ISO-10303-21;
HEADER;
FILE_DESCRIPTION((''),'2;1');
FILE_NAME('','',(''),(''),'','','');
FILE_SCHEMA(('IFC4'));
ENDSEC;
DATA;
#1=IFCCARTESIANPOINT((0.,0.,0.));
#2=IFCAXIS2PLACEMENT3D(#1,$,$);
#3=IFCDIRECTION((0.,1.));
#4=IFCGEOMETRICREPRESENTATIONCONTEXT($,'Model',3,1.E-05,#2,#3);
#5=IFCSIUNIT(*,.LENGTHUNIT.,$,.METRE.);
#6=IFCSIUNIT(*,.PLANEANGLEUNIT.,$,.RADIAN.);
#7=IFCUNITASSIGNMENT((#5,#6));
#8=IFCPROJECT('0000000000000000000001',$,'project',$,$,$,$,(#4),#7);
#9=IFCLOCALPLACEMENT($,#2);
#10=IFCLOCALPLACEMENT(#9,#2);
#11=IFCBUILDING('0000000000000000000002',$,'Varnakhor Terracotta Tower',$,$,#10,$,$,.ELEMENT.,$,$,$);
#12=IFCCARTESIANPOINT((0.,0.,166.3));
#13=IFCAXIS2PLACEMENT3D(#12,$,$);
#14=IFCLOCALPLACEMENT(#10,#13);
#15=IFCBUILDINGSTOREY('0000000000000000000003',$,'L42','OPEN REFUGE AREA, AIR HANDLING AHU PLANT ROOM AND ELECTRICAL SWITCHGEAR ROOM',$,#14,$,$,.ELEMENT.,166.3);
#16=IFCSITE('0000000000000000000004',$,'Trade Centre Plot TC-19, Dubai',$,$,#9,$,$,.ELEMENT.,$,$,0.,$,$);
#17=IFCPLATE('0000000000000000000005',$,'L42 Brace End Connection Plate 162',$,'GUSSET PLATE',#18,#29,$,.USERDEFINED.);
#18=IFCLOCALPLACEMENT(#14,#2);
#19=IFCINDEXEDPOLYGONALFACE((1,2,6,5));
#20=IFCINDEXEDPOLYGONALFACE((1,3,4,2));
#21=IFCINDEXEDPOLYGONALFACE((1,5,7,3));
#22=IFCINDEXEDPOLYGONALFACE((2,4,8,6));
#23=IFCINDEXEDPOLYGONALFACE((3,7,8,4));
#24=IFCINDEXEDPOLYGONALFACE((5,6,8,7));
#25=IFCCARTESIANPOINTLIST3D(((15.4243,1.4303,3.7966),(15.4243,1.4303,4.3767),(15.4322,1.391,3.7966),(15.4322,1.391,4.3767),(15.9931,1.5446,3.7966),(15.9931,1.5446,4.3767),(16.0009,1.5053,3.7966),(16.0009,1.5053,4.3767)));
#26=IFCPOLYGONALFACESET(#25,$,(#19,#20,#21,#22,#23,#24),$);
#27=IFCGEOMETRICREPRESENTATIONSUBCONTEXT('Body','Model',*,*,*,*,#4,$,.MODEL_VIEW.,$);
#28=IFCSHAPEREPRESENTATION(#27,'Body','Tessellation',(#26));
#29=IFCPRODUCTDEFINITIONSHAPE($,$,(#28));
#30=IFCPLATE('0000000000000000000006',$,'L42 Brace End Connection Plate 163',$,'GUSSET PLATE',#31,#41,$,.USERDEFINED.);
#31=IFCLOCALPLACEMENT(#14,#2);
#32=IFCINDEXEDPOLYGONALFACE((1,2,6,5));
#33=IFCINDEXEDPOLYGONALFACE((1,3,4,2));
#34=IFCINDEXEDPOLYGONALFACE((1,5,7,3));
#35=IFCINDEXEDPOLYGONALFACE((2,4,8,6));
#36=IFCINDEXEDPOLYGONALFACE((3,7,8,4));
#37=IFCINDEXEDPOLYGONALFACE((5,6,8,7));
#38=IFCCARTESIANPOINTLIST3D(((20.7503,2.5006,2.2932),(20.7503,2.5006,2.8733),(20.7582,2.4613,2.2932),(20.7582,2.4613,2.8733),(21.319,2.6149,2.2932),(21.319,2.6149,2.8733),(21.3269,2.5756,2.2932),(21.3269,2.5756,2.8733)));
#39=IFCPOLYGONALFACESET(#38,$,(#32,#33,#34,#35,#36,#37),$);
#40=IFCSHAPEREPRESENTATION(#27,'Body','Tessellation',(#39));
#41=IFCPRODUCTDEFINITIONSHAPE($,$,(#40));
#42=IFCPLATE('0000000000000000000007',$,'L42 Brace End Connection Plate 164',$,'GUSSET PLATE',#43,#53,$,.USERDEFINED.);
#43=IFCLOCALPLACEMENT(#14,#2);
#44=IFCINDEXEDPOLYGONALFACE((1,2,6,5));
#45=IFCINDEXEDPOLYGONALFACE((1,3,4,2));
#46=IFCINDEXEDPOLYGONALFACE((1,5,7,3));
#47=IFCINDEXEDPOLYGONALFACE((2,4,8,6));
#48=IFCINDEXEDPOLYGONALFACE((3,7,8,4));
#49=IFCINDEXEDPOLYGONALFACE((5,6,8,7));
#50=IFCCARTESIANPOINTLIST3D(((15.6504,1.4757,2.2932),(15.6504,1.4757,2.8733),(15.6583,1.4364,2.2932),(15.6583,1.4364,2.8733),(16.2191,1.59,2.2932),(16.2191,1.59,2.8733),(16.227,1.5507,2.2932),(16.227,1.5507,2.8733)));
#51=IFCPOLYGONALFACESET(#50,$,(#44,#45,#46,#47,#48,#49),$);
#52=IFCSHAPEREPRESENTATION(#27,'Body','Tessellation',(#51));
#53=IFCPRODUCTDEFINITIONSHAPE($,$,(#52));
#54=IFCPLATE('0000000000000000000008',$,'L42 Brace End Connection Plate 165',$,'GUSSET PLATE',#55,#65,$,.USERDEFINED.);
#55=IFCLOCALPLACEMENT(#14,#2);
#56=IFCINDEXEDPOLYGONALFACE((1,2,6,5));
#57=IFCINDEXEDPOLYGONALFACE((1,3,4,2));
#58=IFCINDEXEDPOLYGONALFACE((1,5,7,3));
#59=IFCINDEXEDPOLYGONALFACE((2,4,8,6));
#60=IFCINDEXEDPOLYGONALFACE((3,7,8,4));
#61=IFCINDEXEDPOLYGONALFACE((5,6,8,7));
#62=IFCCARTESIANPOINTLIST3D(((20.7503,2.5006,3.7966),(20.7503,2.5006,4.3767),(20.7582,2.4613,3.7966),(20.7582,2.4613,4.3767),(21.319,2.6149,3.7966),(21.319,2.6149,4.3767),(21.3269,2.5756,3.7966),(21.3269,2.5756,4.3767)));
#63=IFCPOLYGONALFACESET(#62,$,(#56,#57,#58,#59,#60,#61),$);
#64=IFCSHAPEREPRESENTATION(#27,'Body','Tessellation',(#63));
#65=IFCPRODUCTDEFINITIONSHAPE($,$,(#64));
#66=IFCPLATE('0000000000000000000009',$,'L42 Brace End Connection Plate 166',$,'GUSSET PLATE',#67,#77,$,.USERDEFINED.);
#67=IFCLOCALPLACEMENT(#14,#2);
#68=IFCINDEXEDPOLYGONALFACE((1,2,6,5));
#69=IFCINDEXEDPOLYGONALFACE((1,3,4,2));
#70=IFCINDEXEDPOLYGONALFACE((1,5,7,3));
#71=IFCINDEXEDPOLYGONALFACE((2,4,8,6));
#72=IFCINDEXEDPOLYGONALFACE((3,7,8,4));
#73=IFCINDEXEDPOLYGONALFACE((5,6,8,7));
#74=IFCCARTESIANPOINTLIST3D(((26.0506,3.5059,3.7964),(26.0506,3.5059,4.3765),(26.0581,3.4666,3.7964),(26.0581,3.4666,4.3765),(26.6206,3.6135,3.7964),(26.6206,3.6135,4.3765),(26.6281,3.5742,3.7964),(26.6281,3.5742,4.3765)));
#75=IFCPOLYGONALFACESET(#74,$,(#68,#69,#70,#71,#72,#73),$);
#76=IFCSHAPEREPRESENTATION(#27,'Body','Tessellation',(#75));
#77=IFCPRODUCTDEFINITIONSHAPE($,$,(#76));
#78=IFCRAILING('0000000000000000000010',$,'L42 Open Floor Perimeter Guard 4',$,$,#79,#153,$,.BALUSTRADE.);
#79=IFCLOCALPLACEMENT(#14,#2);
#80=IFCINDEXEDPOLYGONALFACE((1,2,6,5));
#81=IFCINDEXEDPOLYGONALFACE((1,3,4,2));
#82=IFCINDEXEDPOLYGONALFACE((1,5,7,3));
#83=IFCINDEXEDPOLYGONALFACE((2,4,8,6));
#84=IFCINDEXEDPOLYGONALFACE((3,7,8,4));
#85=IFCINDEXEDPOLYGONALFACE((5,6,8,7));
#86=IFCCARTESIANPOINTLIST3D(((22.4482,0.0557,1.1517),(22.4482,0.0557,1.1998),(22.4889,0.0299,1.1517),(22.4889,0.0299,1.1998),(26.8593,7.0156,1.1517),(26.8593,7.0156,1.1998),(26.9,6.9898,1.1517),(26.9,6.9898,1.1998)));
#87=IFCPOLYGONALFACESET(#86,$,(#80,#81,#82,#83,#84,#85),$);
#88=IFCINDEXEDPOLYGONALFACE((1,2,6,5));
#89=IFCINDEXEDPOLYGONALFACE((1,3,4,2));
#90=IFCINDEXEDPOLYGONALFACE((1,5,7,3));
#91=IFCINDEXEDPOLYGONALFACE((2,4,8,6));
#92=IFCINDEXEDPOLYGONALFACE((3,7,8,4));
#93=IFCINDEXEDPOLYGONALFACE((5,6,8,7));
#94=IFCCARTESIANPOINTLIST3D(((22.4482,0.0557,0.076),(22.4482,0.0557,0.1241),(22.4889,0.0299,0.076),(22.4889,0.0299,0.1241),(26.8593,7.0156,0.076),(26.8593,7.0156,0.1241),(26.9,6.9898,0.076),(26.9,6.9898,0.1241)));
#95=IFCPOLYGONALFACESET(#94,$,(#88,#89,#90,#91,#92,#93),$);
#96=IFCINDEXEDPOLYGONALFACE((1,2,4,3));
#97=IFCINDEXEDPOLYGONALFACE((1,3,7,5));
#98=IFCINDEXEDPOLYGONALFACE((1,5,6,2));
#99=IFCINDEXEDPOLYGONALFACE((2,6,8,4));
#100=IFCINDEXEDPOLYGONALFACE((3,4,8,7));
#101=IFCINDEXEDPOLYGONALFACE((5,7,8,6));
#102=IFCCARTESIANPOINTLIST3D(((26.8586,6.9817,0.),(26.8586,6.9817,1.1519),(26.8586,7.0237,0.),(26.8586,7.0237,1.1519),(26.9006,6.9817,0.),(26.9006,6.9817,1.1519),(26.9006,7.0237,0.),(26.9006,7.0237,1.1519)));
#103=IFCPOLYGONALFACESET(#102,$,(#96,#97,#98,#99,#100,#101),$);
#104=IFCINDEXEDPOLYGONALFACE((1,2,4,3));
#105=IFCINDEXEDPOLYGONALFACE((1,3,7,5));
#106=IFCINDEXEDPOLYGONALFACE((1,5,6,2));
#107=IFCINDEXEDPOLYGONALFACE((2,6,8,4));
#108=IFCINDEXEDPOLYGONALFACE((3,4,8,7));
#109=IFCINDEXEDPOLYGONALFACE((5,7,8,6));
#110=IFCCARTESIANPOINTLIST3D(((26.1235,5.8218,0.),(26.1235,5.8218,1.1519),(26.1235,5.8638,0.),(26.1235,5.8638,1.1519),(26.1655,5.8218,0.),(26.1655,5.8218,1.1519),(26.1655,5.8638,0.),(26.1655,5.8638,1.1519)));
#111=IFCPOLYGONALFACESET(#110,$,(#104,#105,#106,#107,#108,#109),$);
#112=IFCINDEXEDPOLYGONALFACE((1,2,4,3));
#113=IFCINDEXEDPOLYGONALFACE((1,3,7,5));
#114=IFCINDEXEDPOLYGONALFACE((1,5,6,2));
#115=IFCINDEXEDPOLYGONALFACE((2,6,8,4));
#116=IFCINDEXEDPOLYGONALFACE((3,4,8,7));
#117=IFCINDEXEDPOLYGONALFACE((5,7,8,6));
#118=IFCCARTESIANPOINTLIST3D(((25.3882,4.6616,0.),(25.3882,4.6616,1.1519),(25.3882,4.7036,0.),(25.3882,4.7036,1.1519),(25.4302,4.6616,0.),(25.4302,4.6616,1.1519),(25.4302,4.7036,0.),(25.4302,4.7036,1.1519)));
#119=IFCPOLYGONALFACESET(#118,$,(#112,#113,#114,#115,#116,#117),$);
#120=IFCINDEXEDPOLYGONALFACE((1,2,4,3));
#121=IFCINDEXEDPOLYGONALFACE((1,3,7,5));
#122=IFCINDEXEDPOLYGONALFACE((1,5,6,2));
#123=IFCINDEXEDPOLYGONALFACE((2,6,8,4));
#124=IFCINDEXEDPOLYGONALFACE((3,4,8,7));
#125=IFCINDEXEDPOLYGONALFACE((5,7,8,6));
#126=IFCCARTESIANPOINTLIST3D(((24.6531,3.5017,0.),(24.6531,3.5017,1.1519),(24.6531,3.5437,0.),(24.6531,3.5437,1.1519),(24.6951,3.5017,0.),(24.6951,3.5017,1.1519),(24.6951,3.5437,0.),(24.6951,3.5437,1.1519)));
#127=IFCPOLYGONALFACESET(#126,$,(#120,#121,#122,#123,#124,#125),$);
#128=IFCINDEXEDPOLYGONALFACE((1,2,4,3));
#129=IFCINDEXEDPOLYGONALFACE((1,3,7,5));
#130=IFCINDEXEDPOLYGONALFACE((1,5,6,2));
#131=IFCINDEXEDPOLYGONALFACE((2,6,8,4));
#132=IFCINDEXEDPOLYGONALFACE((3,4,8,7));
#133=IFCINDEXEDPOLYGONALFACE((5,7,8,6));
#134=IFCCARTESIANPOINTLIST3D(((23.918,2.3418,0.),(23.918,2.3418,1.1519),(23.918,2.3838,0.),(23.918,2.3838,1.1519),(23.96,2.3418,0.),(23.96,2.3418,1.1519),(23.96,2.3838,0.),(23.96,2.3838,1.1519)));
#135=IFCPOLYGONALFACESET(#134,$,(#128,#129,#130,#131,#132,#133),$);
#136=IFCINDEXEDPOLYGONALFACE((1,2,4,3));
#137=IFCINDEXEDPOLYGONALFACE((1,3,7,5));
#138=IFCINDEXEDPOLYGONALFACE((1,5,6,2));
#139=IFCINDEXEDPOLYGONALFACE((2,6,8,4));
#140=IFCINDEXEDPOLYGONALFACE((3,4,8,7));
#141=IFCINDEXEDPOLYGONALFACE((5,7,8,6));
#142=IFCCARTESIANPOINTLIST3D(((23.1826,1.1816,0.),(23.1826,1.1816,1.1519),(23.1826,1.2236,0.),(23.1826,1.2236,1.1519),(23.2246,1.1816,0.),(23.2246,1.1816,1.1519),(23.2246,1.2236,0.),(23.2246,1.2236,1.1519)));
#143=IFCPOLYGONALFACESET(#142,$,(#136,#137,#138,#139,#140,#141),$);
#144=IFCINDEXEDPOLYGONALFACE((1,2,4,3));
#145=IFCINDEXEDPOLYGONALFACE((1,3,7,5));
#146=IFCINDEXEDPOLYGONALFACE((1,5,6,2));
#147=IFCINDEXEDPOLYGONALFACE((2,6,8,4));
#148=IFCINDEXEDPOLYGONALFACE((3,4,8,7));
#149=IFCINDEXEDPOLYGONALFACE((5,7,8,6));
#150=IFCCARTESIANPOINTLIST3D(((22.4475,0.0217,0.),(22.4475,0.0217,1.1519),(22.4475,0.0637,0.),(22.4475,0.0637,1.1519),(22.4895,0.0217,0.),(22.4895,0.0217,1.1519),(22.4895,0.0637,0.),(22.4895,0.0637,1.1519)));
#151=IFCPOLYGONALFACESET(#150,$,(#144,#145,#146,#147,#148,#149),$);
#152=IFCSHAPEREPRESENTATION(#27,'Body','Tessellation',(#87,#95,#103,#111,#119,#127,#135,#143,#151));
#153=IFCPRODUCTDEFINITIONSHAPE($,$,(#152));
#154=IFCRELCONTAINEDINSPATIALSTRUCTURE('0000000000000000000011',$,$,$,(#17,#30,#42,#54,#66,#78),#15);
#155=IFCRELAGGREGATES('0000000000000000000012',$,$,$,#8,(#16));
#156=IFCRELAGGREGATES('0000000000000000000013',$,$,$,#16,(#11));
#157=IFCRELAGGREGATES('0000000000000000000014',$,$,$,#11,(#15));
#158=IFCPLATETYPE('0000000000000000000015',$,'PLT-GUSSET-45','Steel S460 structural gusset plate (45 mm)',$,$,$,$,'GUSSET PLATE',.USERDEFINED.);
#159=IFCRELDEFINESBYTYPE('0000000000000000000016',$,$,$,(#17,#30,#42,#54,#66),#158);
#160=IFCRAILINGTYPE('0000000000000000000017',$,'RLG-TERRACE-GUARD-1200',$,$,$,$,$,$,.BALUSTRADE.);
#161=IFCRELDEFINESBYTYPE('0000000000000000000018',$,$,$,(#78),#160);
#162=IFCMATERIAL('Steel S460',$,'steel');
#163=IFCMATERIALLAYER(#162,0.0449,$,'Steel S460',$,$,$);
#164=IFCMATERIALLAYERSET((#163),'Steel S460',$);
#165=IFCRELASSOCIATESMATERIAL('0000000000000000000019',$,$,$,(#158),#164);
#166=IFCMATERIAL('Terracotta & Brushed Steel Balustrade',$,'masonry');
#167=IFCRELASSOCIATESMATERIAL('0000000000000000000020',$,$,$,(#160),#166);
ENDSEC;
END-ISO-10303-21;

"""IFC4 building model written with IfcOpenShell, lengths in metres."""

from ifc_helpers import new_model, si_unit, direction, frame, origin, origin_2d, place, context, subcontext, project, spatial, rectangle, extrude, source, transform, mapped, material, layer, layer_set, type_object, element, save


model = new_model("IFC4")

# Units and contexts
model_context = context("Model", 3, precision=1e-05, world=origin(), true_north=direction((0.0, 1.0)))
body_context = subcontext(model_context, "Body", "Model", "MODEL_VIEW")
ifc_project = project(units=[si_unit("LENGTHUNIT", "METRE"), si_unit("PLANEANGLEUNIT", "RADIAN")], contexts=[model_context])

# Site, building, storey
site_placement = place(None, origin())
site = spatial("IfcSite", under=ifc_project, at=site_placement, Name="Trade Centre Plot TC-19, Dubai", CompositionType="ELEMENT", RefElevation=0.0)
building_placement = place(site_placement, origin())
building = spatial("IfcBuilding", under=site, at=building_placement, Name="Varnakhor Terracotta Tower", CompositionType="ELEMENT")
storey_placement = place(building_placement, frame((0.0, 0.0, 166.3)))
storey = spatial("IfcBuildingStorey", under=building, at=storey_placement, Name="L42", Description="OPEN REFUGE AREA, AIR HANDLING AHU PLANT ROOM AND ELECTRICAL SWITCHGEAR ROOM", CompositionType="ELEMENT", Elevation=166.3)

# Shared definitions
ifc_material_1 = material(Name="Steel S460", Category="steel")

# Plates
ifc_layer_1 = layer(ifc_material_1, 0.0449, Name="Steel S460")
ifc_layer_set_1 = layer_set([ifc_layer_1], Name="Steel S460")
plate_type_1 = type_object("IfcPlateType", Name="PLT-GUSSET-45", Description="Steel S460 structural gusset plate (45 mm)", ElementType="GUSSET PLATE", PredefinedType="USERDEFINED", material=ifc_layer_set_1)
shared_shape_1 = source(origin(), body_context, "Body", "SweptSolid", [
    extrude(rectangle(XDim=0.5801, YDim=0.04, at=origin_2d()), origin(), (0.0, 0.0, 1.0), 0.5801),
])
for number, where, z_axis, x_axis, name in (
    (1, (15.7126, 1.4678, 3.7966), (0.0, 0.0, 1.0), (0.980395, 0.197041, 0.0), "L42 Brace End Connection Plate 162"),
    (2, (21.0386, 2.5381, 2.2932), (0.0, 0.0, 1.0), (0.980392, 0.197058, 0.0), "L42 Brace End Connection Plate 163"),
    (3, (15.9387, 1.5132, 2.2932), (0.0, 0.0, 1.0), (0.980388, 0.197076, 0.0), "L42 Brace End Connection Plate 164"),
    (4, (21.0386, 2.5381, 3.7966), (0.0, 0.0, 1.0), (0.980395, 0.197041, 0.0), "L42 Brace End Connection Plate 165"),
    (5, (26.3394, 3.54, 3.7964), (0.0, 0.0, 1.0), (0.982652, 0.185461, 0.0), "L42 Brace End Connection Plate 166"),
):
    element("IfcPlate", number, at=place(storey_placement, frame(where, z_axis=z_axis, x_axis=x_axis)), inside=storey, type_object=plate_type_1, Name=name, ObjectType="GUSSET PLATE", PredefinedType="USERDEFINED", context=body_context, shape_type="MappedRepresentation", body=[
        mapped(shared_shape_1, transform((0.0, 0.0, 0.0), scale=1.0)),
    ])

# Railing
ifc_material_2 = material(Name="Terracotta & Brushed Steel Balustrade", Category="masonry")
railing_type = type_object("IfcRailingType", Name="RLG-TERRACE-GUARD-1200", PredefinedType="BALUSTRADE", material=ifc_material_2)
railing_1_placement = place(storey_placement, frame((26.8796, 7.0027, 0.0)))
element("IfcRailing", 6, at=railing_1_placement, inside=storey, type_object=railing_type, Name="L42 Open Floor Perimeter Guard 4", PredefinedType="BALUSTRADE", context=body_context, shape_type="SweptSolid", body=[
    extrude(rectangle(XDim=0.0481, YDim=0.0481, at=origin_2d()), frame((0.0, 0.0, 1.1758), z_axis=(-0.535326, -0.844646, 0.0), x_axis=(0.844646, -0.535326, 0.0)), (0.0, 0.0, 1.0), 8.24),
    extrude(rectangle(XDim=0.0481, YDim=0.0481, at=origin_2d()), frame((0.0, 0.0, 0.1001), z_axis=(-0.535326, -0.844646, 0.0), x_axis=(0.844646, -0.535326, 0.0)), (0.0, 0.0, 1.0), 8.24),
    extrude(rectangle(XDim=0.042, YDim=0.042, at=origin_2d()), origin(), (0.0, 0.0, 1.0), 1.1519),
    extrude(rectangle(XDim=0.042, YDim=0.042, at=origin_2d()), frame((-0.7351, -1.1599, 0.0)), (0.0, 0.0, 1.0), 1.1519),
    extrude(rectangle(XDim=0.042, YDim=0.042, at=origin_2d()), frame((-1.4705, -2.3201, 0.0)), (0.0, 0.0, 1.0), 1.1519),
    extrude(rectangle(XDim=0.042, YDim=0.042, at=origin_2d()), frame((-2.2056, -3.48, 0.0)), (0.0, 0.0, 1.0), 1.1519),
    extrude(rectangle(XDim=0.042, YDim=0.042, at=origin_2d()), frame((-2.9407, -4.6399, 0.0)), (0.0, 0.0, 1.0), 1.1519),
    extrude(rectangle(XDim=0.042, YDim=0.042, at=origin_2d()), frame((-3.676, -5.8, 0.0)), (0.0, 0.0, 1.0), 1.1519),
    extrude(rectangle(XDim=0.042, YDim=0.042, at=origin_2d()), frame((-4.4111, -6.96, 0.0)), (0.0, 0.0, 1.0), 1.1519),
])

save(model, "model.ifc")
